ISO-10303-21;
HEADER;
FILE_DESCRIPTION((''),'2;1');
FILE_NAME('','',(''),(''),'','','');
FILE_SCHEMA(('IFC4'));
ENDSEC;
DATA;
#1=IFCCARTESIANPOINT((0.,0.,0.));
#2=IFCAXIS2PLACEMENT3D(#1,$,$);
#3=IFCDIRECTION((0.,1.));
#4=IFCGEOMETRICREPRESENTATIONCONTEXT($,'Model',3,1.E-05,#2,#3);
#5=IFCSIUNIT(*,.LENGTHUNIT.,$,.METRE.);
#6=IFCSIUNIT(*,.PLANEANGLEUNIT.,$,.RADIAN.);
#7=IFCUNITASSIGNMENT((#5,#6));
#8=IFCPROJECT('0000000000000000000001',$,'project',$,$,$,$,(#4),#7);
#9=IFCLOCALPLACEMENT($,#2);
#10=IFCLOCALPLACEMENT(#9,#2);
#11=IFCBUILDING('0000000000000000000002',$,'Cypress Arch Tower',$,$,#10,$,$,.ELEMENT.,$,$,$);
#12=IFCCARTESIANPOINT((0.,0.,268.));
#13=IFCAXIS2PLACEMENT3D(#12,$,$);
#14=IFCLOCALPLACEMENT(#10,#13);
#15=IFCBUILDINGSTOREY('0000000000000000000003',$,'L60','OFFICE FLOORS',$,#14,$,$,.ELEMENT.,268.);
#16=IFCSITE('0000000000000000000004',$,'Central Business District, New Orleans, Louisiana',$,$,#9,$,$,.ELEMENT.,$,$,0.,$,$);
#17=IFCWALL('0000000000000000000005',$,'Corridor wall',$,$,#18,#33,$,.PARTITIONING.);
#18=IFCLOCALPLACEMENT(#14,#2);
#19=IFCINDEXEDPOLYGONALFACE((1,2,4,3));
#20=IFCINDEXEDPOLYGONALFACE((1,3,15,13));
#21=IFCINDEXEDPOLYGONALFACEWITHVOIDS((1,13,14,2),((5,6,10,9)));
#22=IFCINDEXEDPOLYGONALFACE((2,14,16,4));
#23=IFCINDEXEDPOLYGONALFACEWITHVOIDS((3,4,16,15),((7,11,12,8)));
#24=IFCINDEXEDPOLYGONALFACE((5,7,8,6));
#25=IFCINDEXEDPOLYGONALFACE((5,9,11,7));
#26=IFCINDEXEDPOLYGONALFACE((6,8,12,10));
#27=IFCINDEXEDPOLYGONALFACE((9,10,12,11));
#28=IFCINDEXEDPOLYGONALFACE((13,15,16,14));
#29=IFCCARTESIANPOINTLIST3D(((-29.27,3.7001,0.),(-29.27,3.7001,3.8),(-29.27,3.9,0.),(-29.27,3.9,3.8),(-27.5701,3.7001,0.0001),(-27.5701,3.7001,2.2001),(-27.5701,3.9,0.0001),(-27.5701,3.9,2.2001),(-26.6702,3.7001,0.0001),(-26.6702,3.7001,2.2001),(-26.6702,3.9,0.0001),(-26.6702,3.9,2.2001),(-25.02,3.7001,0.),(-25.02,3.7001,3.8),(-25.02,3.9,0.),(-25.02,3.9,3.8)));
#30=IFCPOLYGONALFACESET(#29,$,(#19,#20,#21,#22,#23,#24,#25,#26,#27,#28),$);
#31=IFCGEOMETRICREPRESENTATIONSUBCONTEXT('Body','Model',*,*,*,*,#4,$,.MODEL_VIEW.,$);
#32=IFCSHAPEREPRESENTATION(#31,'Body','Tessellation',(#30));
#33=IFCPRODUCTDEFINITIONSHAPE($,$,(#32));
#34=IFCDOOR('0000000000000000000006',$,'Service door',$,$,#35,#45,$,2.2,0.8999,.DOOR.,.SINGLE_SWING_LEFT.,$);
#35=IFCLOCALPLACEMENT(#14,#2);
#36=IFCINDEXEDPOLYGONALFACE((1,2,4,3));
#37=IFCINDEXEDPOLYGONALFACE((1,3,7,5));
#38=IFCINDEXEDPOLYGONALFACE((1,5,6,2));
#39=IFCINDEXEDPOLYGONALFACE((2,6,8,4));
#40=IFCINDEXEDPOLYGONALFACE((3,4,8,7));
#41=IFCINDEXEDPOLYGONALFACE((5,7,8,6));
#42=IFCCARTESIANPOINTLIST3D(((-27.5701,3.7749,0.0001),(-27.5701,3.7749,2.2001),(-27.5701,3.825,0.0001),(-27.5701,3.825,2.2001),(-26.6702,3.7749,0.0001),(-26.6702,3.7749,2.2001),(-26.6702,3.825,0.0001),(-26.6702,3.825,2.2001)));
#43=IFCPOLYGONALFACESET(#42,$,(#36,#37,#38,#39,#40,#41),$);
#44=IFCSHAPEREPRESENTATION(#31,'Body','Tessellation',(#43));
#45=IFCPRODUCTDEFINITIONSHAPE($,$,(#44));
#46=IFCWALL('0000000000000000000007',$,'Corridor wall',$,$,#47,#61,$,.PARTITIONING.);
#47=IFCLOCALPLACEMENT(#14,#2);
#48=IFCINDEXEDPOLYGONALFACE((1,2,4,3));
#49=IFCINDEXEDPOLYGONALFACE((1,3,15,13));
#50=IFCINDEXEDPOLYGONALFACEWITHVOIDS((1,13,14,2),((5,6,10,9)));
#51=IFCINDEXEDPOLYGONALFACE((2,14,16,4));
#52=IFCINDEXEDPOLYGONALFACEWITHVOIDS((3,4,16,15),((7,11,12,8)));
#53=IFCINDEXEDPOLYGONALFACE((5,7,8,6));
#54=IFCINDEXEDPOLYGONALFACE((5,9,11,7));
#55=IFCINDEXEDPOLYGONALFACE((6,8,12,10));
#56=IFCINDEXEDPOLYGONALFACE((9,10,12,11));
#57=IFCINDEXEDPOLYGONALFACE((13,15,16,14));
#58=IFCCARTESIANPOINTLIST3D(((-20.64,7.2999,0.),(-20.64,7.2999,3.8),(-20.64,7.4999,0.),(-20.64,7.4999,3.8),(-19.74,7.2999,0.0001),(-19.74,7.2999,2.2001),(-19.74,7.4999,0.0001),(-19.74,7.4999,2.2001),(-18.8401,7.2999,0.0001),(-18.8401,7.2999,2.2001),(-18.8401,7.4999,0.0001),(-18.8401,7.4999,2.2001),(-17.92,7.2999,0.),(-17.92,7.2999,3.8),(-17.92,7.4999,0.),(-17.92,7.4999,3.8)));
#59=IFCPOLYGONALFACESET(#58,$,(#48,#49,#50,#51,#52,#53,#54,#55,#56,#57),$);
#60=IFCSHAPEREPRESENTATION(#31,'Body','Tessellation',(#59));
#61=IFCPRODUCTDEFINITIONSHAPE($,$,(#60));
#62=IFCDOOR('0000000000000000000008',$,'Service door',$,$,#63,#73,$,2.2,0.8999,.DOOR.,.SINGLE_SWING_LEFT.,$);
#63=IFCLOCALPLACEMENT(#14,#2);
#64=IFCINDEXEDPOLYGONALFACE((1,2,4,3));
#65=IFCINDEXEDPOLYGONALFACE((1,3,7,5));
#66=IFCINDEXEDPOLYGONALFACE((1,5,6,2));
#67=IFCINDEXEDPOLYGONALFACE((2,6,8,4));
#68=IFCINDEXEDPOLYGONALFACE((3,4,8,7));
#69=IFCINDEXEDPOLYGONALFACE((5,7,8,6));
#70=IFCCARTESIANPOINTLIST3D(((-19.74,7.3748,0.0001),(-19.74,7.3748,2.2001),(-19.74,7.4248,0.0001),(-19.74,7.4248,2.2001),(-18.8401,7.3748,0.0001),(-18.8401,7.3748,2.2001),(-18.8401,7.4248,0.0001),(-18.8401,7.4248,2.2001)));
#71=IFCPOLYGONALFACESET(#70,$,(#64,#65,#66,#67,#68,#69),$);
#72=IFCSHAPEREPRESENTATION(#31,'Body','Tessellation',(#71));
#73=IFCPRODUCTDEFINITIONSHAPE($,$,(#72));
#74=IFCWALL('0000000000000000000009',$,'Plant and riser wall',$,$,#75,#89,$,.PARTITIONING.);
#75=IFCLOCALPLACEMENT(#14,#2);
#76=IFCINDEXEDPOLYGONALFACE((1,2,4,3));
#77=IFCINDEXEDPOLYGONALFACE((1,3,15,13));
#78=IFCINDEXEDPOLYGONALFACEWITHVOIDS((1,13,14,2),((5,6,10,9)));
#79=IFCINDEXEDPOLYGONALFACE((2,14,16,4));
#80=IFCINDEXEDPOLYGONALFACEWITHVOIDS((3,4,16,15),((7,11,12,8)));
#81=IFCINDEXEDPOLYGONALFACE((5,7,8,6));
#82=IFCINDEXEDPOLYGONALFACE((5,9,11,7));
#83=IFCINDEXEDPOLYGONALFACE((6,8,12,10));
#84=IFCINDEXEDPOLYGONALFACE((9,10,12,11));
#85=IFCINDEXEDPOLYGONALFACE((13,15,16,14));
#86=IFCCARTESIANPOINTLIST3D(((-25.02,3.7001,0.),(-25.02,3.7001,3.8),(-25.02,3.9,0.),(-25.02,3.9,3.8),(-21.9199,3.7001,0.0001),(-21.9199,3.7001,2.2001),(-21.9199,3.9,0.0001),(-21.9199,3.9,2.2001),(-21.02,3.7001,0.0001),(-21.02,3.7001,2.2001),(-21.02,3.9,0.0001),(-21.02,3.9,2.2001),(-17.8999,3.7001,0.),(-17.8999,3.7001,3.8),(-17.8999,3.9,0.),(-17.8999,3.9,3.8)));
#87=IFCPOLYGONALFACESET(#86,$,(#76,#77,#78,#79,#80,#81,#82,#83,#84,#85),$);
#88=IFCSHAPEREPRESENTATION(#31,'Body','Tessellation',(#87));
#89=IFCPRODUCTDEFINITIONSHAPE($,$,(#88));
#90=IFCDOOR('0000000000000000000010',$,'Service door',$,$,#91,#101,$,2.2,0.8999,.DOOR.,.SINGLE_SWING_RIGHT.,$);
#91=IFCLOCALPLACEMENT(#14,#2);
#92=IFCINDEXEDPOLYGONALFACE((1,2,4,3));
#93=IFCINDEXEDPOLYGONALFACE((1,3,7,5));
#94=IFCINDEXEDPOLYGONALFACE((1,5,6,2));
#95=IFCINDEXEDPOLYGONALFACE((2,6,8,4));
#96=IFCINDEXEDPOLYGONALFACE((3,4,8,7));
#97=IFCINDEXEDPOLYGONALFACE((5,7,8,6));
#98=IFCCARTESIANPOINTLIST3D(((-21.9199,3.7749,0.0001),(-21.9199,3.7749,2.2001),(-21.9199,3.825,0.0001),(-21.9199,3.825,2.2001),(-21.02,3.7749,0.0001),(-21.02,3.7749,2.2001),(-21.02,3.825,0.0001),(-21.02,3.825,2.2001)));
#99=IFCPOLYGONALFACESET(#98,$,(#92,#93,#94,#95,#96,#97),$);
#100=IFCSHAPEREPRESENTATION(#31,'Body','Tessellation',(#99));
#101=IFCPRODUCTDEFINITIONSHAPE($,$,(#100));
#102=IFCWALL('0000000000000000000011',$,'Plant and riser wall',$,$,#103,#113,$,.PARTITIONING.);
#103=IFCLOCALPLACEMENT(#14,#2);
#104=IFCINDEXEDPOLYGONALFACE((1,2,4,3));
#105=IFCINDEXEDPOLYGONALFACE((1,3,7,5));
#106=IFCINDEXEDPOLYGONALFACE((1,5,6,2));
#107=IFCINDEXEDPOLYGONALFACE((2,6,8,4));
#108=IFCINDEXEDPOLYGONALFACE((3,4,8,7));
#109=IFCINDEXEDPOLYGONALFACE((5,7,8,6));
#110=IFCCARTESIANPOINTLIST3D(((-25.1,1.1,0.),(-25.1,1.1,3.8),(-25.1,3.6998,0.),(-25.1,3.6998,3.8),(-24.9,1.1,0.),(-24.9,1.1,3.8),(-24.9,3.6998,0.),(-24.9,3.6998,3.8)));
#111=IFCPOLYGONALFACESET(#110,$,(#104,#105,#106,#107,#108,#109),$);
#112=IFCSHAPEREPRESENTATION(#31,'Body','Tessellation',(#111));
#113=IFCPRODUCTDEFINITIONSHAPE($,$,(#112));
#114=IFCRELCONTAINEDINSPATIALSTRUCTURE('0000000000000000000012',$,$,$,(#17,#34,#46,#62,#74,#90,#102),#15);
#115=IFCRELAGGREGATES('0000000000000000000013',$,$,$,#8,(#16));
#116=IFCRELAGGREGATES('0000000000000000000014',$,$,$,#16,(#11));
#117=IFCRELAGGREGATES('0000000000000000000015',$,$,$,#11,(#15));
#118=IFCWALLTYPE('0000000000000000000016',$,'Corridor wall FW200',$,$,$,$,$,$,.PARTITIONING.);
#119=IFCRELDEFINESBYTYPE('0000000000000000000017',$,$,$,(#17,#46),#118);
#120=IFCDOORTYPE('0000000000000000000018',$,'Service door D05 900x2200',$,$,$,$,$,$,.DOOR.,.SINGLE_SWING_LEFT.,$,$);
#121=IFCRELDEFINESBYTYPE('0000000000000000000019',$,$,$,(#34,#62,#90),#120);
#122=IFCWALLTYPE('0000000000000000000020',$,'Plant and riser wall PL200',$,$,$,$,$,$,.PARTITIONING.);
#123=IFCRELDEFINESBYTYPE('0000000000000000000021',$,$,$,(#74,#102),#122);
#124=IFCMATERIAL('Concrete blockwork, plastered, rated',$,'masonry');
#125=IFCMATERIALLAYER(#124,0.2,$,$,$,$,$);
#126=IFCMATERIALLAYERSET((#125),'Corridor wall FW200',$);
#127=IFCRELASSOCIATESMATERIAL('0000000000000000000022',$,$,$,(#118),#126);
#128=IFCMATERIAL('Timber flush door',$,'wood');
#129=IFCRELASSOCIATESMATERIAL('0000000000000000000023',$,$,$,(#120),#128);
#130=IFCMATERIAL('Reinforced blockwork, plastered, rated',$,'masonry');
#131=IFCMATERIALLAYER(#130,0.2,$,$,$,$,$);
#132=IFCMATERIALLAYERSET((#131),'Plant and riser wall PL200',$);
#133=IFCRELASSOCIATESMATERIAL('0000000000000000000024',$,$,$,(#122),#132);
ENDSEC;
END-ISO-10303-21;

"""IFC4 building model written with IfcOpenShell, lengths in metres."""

from ifc_helpers import new_model, si_unit, direction, frame, frame_2d, origin, place, context, subcontext, project, spatial, rectangle, extrude, material, layer, layer_set, type_object, element, fill, save


model = new_model("IFC4")

# Units and contexts
model_context = context("Model", 3, precision=1e-05, world=origin(), true_north=direction((0.0, 1.0)))
body_context = subcontext(model_context, "Body", "Model", "MODEL_VIEW")
ifc_project = project(units=[si_unit("LENGTHUNIT", "METRE"), si_unit("PLANEANGLEUNIT", "RADIAN")], contexts=[model_context])

# Site, building, storey
site_placement = place(None, origin())
site = spatial("IfcSite", under=ifc_project, at=site_placement, Name="Central Business District, New Orleans, Louisiana", CompositionType="ELEMENT", RefElevation=0.0)
building_placement = place(site_placement, origin())
building = spatial("IfcBuilding", under=site, at=building_placement, Name="Cypress Arch Tower", CompositionType="ELEMENT")
storey_placement = place(building_placement, frame((0.0, 0.0, 268.0)))
storey = spatial("IfcBuildingStorey", under=building, at=storey_placement, Name="L60", Description="OFFICE FLOORS", CompositionType="ELEMENT", Elevation=268.0)

# Walls, openings, doors
ifc_material_1 = material(Name="Concrete blockwork, plastered, rated", Category="masonry")
ifc_layer_1 = layer(ifc_material_1, 0.2)
ifc_layer_set_1 = layer_set([ifc_layer_1], Name="Corridor wall FW200")
wall_type_1 = type_object("IfcWallType", Name="Corridor wall FW200", PredefinedType="PARTITIONING", material=ifc_layer_set_1)
wall_1_placement = place(storey_placement, frame((-29.27, 3.8, 0.0), z_axis=(0.0, 0.0, 1.0), x_axis=(1.0, 0.0, 0.0)))
wall_1 = element("IfcWall", 1, at=wall_1_placement, inside=storey, type_object=wall_type_1, Name="Corridor wall", PredefinedType="PARTITIONING", context=body_context, shape_type="SweptSolid", body=[
    extrude(rectangle(XDim=4.25, YDim=0.2, at=frame_2d((2.125, 0.0))), origin(), (0.0, 0.0, 1.0), 3.8),
])
opening_1_placement = place(wall_1_placement, frame((1.7, 0.0, 0.0)))
opening_1 = element("IfcOpeningElement", 2, at=opening_1_placement, cuts=wall_1, PredefinedType="OPENING", context=body_context, shape_type="SweptSolid", body=[
    extrude(rectangle(XDim=0.8999, YDim=2.2, at=frame_2d((0.45, 1.1001))), frame((0.0, 0.1099, 0.0), z_axis=(0.0, -1.0, 0.0), x_axis=(1.0, 0.0, 0.0)), (0.0, 0.0, 1.0), 0.22),
])
ifc_material_2 = material(Name="Timber flush door", Category="wood")
door_type_1 = type_object("IfcDoorType", Name="Service door D05 900x2200", OperationType="SINGLE_SWING_LEFT", PredefinedType="DOOR", material=ifc_material_2)
door_1_placement = place(opening_1_placement, origin())
door_1 = element("IfcDoor", 3, at=door_1_placement, inside=storey, type_object=door_type_1, Name="Service door", OperationType="SINGLE_SWING_LEFT", OverallHeight=2.2, OverallWidth=0.8999, PredefinedType="DOOR", context=body_context, shape_type="SweptSolid", body=[
    extrude(rectangle(XDim=0.8999, YDim=2.2, at=frame_2d((0.45, 1.1001))), frame((0.0, 0.0249, 0.0), z_axis=(0.0, -1.0, 0.0), x_axis=(1.0, 0.0, 0.0)), (0.0, 0.0, 1.0), 0.05),
])
fill(opening_1, door_1)
wall_2_placement = place(storey_placement, frame((-20.6399, 7.3999, 0.0), z_axis=(0.0, 0.0, 1.0), x_axis=(1.0, 0.0, 0.0)))
wall_2 = element("IfcWall", 4, at=wall_2_placement, inside=storey, type_object=wall_type_1, Name="Corridor wall", PredefinedType="PARTITIONING", context=body_context, shape_type="SweptSolid", body=[
    extrude(rectangle(XDim=2.72, YDim=0.2, at=frame_2d((1.3599, 0.0))), origin(), (0.0, 0.0, 1.0), 3.8),
])
opening_2_placement = place(wall_2_placement, frame((0.8999, 0.0, 0.0)))
opening_2 = element("IfcOpeningElement", 5, at=opening_2_placement, cuts=wall_2, PredefinedType="OPENING", context=body_context, shape_type="SweptSolid", body=[
    extrude(rectangle(XDim=0.8999, YDim=2.2, at=frame_2d((0.45, 1.1001))), frame((0.0, 0.1099, 0.0), z_axis=(0.0, -1.0, 0.0), x_axis=(1.0, 0.0, 0.0)), (0.0, 0.0, 1.0), 0.22),
])
door_2_placement = place(opening_2_placement, origin())
door_2 = element("IfcDoor", 6, at=door_2_placement, inside=storey, type_object=door_type_1, Name="Service door", OperationType="SINGLE_SWING_LEFT", OverallHeight=2.2, OverallWidth=0.8999, PredefinedType="DOOR", context=body_context, shape_type="SweptSolid", body=[
    extrude(rectangle(XDim=0.8999, YDim=2.2, at=frame_2d((0.45, 1.1001))), frame((0.0, 0.0249, 0.0), z_axis=(0.0, -1.0, 0.0), x_axis=(1.0, 0.0, 0.0)), (0.0, 0.0, 1.0), 0.05),
])
fill(opening_2, door_2)
ifc_material_3 = material(Name="Reinforced blockwork, plastered, rated", Category="masonry")
ifc_layer_2 = layer(ifc_material_3, 0.2)
ifc_layer_set_2 = layer_set([ifc_layer_2], Name="Plant and riser wall PL200")
wall_type_2 = type_object("IfcWallType", Name="Plant and riser wall PL200", PredefinedType="PARTITIONING", material=ifc_layer_set_2)
wall_3_placement = place(storey_placement, frame((-25.02, 3.8, 0.0), z_axis=(0.0, 0.0, 1.0), x_axis=(1.0, 0.0, 0.0)))
wall_3 = element("IfcWall", 7, at=wall_3_placement, inside=storey, type_object=wall_type_2, Name="Plant and riser wall", PredefinedType="PARTITIONING", context=body_context, shape_type="SweptSolid", body=[
    extrude(rectangle(XDim=7.1201, YDim=0.2, at=frame_2d((3.5601, 0.0))), origin(), (0.0, 0.0, 1.0), 3.8),
])
opening_3_placement = place(wall_3_placement, frame((3.1001, 0.0, 0.0)))
opening_3 = element("IfcOpeningElement", 8, at=opening_3_placement, cuts=wall_3, PredefinedType="OPENING", context=body_context, shape_type="SweptSolid", body=[
    extrude(rectangle(XDim=0.8999, YDim=2.2, at=frame_2d((0.45, 1.1001))), frame((0.0, 0.1099, 0.0), z_axis=(0.0, -1.0, 0.0), x_axis=(1.0, 0.0, 0.0)), (0.0, 0.0, 1.0), 0.22),
])
door_3_placement = place(opening_3_placement, origin())
door_3 = element("IfcDoor", 9, at=door_3_placement, inside=storey, type_object=door_type_1, Name="Service door", OperationType="SINGLE_SWING_RIGHT", OverallHeight=2.2, OverallWidth=0.8999, PredefinedType="DOOR", context=body_context, shape_type="SweptSolid", body=[
    extrude(rectangle(XDim=0.8999, YDim=2.2, at=frame_2d((0.45, 1.1001))), frame((0.0, 0.0249, 0.0), z_axis=(0.0, -1.0, 0.0), x_axis=(1.0, 0.0, 0.0)), (0.0, 0.0, 1.0), 0.05),
])
fill(opening_3, door_3)

# Wall
wall_4_placement = place(storey_placement, frame((-25.0, 1.1001, 0.0), z_axis=(0.0, 0.0, 1.0), x_axis=(0.0, 1.0, 0.0)))
element("IfcWall", 10, at=wall_4_placement, inside=storey, type_object=wall_type_2, Name="Plant and riser wall", PredefinedType="PARTITIONING", context=body_context, shape_type="SweptSolid", body=[
    extrude(rectangle(XDim=2.5999, YDim=0.2, at=frame_2d((1.2998, 0.0))), origin(), (0.0, 0.0, 1.0), 3.8),
])

save(model, "model.ifc")
